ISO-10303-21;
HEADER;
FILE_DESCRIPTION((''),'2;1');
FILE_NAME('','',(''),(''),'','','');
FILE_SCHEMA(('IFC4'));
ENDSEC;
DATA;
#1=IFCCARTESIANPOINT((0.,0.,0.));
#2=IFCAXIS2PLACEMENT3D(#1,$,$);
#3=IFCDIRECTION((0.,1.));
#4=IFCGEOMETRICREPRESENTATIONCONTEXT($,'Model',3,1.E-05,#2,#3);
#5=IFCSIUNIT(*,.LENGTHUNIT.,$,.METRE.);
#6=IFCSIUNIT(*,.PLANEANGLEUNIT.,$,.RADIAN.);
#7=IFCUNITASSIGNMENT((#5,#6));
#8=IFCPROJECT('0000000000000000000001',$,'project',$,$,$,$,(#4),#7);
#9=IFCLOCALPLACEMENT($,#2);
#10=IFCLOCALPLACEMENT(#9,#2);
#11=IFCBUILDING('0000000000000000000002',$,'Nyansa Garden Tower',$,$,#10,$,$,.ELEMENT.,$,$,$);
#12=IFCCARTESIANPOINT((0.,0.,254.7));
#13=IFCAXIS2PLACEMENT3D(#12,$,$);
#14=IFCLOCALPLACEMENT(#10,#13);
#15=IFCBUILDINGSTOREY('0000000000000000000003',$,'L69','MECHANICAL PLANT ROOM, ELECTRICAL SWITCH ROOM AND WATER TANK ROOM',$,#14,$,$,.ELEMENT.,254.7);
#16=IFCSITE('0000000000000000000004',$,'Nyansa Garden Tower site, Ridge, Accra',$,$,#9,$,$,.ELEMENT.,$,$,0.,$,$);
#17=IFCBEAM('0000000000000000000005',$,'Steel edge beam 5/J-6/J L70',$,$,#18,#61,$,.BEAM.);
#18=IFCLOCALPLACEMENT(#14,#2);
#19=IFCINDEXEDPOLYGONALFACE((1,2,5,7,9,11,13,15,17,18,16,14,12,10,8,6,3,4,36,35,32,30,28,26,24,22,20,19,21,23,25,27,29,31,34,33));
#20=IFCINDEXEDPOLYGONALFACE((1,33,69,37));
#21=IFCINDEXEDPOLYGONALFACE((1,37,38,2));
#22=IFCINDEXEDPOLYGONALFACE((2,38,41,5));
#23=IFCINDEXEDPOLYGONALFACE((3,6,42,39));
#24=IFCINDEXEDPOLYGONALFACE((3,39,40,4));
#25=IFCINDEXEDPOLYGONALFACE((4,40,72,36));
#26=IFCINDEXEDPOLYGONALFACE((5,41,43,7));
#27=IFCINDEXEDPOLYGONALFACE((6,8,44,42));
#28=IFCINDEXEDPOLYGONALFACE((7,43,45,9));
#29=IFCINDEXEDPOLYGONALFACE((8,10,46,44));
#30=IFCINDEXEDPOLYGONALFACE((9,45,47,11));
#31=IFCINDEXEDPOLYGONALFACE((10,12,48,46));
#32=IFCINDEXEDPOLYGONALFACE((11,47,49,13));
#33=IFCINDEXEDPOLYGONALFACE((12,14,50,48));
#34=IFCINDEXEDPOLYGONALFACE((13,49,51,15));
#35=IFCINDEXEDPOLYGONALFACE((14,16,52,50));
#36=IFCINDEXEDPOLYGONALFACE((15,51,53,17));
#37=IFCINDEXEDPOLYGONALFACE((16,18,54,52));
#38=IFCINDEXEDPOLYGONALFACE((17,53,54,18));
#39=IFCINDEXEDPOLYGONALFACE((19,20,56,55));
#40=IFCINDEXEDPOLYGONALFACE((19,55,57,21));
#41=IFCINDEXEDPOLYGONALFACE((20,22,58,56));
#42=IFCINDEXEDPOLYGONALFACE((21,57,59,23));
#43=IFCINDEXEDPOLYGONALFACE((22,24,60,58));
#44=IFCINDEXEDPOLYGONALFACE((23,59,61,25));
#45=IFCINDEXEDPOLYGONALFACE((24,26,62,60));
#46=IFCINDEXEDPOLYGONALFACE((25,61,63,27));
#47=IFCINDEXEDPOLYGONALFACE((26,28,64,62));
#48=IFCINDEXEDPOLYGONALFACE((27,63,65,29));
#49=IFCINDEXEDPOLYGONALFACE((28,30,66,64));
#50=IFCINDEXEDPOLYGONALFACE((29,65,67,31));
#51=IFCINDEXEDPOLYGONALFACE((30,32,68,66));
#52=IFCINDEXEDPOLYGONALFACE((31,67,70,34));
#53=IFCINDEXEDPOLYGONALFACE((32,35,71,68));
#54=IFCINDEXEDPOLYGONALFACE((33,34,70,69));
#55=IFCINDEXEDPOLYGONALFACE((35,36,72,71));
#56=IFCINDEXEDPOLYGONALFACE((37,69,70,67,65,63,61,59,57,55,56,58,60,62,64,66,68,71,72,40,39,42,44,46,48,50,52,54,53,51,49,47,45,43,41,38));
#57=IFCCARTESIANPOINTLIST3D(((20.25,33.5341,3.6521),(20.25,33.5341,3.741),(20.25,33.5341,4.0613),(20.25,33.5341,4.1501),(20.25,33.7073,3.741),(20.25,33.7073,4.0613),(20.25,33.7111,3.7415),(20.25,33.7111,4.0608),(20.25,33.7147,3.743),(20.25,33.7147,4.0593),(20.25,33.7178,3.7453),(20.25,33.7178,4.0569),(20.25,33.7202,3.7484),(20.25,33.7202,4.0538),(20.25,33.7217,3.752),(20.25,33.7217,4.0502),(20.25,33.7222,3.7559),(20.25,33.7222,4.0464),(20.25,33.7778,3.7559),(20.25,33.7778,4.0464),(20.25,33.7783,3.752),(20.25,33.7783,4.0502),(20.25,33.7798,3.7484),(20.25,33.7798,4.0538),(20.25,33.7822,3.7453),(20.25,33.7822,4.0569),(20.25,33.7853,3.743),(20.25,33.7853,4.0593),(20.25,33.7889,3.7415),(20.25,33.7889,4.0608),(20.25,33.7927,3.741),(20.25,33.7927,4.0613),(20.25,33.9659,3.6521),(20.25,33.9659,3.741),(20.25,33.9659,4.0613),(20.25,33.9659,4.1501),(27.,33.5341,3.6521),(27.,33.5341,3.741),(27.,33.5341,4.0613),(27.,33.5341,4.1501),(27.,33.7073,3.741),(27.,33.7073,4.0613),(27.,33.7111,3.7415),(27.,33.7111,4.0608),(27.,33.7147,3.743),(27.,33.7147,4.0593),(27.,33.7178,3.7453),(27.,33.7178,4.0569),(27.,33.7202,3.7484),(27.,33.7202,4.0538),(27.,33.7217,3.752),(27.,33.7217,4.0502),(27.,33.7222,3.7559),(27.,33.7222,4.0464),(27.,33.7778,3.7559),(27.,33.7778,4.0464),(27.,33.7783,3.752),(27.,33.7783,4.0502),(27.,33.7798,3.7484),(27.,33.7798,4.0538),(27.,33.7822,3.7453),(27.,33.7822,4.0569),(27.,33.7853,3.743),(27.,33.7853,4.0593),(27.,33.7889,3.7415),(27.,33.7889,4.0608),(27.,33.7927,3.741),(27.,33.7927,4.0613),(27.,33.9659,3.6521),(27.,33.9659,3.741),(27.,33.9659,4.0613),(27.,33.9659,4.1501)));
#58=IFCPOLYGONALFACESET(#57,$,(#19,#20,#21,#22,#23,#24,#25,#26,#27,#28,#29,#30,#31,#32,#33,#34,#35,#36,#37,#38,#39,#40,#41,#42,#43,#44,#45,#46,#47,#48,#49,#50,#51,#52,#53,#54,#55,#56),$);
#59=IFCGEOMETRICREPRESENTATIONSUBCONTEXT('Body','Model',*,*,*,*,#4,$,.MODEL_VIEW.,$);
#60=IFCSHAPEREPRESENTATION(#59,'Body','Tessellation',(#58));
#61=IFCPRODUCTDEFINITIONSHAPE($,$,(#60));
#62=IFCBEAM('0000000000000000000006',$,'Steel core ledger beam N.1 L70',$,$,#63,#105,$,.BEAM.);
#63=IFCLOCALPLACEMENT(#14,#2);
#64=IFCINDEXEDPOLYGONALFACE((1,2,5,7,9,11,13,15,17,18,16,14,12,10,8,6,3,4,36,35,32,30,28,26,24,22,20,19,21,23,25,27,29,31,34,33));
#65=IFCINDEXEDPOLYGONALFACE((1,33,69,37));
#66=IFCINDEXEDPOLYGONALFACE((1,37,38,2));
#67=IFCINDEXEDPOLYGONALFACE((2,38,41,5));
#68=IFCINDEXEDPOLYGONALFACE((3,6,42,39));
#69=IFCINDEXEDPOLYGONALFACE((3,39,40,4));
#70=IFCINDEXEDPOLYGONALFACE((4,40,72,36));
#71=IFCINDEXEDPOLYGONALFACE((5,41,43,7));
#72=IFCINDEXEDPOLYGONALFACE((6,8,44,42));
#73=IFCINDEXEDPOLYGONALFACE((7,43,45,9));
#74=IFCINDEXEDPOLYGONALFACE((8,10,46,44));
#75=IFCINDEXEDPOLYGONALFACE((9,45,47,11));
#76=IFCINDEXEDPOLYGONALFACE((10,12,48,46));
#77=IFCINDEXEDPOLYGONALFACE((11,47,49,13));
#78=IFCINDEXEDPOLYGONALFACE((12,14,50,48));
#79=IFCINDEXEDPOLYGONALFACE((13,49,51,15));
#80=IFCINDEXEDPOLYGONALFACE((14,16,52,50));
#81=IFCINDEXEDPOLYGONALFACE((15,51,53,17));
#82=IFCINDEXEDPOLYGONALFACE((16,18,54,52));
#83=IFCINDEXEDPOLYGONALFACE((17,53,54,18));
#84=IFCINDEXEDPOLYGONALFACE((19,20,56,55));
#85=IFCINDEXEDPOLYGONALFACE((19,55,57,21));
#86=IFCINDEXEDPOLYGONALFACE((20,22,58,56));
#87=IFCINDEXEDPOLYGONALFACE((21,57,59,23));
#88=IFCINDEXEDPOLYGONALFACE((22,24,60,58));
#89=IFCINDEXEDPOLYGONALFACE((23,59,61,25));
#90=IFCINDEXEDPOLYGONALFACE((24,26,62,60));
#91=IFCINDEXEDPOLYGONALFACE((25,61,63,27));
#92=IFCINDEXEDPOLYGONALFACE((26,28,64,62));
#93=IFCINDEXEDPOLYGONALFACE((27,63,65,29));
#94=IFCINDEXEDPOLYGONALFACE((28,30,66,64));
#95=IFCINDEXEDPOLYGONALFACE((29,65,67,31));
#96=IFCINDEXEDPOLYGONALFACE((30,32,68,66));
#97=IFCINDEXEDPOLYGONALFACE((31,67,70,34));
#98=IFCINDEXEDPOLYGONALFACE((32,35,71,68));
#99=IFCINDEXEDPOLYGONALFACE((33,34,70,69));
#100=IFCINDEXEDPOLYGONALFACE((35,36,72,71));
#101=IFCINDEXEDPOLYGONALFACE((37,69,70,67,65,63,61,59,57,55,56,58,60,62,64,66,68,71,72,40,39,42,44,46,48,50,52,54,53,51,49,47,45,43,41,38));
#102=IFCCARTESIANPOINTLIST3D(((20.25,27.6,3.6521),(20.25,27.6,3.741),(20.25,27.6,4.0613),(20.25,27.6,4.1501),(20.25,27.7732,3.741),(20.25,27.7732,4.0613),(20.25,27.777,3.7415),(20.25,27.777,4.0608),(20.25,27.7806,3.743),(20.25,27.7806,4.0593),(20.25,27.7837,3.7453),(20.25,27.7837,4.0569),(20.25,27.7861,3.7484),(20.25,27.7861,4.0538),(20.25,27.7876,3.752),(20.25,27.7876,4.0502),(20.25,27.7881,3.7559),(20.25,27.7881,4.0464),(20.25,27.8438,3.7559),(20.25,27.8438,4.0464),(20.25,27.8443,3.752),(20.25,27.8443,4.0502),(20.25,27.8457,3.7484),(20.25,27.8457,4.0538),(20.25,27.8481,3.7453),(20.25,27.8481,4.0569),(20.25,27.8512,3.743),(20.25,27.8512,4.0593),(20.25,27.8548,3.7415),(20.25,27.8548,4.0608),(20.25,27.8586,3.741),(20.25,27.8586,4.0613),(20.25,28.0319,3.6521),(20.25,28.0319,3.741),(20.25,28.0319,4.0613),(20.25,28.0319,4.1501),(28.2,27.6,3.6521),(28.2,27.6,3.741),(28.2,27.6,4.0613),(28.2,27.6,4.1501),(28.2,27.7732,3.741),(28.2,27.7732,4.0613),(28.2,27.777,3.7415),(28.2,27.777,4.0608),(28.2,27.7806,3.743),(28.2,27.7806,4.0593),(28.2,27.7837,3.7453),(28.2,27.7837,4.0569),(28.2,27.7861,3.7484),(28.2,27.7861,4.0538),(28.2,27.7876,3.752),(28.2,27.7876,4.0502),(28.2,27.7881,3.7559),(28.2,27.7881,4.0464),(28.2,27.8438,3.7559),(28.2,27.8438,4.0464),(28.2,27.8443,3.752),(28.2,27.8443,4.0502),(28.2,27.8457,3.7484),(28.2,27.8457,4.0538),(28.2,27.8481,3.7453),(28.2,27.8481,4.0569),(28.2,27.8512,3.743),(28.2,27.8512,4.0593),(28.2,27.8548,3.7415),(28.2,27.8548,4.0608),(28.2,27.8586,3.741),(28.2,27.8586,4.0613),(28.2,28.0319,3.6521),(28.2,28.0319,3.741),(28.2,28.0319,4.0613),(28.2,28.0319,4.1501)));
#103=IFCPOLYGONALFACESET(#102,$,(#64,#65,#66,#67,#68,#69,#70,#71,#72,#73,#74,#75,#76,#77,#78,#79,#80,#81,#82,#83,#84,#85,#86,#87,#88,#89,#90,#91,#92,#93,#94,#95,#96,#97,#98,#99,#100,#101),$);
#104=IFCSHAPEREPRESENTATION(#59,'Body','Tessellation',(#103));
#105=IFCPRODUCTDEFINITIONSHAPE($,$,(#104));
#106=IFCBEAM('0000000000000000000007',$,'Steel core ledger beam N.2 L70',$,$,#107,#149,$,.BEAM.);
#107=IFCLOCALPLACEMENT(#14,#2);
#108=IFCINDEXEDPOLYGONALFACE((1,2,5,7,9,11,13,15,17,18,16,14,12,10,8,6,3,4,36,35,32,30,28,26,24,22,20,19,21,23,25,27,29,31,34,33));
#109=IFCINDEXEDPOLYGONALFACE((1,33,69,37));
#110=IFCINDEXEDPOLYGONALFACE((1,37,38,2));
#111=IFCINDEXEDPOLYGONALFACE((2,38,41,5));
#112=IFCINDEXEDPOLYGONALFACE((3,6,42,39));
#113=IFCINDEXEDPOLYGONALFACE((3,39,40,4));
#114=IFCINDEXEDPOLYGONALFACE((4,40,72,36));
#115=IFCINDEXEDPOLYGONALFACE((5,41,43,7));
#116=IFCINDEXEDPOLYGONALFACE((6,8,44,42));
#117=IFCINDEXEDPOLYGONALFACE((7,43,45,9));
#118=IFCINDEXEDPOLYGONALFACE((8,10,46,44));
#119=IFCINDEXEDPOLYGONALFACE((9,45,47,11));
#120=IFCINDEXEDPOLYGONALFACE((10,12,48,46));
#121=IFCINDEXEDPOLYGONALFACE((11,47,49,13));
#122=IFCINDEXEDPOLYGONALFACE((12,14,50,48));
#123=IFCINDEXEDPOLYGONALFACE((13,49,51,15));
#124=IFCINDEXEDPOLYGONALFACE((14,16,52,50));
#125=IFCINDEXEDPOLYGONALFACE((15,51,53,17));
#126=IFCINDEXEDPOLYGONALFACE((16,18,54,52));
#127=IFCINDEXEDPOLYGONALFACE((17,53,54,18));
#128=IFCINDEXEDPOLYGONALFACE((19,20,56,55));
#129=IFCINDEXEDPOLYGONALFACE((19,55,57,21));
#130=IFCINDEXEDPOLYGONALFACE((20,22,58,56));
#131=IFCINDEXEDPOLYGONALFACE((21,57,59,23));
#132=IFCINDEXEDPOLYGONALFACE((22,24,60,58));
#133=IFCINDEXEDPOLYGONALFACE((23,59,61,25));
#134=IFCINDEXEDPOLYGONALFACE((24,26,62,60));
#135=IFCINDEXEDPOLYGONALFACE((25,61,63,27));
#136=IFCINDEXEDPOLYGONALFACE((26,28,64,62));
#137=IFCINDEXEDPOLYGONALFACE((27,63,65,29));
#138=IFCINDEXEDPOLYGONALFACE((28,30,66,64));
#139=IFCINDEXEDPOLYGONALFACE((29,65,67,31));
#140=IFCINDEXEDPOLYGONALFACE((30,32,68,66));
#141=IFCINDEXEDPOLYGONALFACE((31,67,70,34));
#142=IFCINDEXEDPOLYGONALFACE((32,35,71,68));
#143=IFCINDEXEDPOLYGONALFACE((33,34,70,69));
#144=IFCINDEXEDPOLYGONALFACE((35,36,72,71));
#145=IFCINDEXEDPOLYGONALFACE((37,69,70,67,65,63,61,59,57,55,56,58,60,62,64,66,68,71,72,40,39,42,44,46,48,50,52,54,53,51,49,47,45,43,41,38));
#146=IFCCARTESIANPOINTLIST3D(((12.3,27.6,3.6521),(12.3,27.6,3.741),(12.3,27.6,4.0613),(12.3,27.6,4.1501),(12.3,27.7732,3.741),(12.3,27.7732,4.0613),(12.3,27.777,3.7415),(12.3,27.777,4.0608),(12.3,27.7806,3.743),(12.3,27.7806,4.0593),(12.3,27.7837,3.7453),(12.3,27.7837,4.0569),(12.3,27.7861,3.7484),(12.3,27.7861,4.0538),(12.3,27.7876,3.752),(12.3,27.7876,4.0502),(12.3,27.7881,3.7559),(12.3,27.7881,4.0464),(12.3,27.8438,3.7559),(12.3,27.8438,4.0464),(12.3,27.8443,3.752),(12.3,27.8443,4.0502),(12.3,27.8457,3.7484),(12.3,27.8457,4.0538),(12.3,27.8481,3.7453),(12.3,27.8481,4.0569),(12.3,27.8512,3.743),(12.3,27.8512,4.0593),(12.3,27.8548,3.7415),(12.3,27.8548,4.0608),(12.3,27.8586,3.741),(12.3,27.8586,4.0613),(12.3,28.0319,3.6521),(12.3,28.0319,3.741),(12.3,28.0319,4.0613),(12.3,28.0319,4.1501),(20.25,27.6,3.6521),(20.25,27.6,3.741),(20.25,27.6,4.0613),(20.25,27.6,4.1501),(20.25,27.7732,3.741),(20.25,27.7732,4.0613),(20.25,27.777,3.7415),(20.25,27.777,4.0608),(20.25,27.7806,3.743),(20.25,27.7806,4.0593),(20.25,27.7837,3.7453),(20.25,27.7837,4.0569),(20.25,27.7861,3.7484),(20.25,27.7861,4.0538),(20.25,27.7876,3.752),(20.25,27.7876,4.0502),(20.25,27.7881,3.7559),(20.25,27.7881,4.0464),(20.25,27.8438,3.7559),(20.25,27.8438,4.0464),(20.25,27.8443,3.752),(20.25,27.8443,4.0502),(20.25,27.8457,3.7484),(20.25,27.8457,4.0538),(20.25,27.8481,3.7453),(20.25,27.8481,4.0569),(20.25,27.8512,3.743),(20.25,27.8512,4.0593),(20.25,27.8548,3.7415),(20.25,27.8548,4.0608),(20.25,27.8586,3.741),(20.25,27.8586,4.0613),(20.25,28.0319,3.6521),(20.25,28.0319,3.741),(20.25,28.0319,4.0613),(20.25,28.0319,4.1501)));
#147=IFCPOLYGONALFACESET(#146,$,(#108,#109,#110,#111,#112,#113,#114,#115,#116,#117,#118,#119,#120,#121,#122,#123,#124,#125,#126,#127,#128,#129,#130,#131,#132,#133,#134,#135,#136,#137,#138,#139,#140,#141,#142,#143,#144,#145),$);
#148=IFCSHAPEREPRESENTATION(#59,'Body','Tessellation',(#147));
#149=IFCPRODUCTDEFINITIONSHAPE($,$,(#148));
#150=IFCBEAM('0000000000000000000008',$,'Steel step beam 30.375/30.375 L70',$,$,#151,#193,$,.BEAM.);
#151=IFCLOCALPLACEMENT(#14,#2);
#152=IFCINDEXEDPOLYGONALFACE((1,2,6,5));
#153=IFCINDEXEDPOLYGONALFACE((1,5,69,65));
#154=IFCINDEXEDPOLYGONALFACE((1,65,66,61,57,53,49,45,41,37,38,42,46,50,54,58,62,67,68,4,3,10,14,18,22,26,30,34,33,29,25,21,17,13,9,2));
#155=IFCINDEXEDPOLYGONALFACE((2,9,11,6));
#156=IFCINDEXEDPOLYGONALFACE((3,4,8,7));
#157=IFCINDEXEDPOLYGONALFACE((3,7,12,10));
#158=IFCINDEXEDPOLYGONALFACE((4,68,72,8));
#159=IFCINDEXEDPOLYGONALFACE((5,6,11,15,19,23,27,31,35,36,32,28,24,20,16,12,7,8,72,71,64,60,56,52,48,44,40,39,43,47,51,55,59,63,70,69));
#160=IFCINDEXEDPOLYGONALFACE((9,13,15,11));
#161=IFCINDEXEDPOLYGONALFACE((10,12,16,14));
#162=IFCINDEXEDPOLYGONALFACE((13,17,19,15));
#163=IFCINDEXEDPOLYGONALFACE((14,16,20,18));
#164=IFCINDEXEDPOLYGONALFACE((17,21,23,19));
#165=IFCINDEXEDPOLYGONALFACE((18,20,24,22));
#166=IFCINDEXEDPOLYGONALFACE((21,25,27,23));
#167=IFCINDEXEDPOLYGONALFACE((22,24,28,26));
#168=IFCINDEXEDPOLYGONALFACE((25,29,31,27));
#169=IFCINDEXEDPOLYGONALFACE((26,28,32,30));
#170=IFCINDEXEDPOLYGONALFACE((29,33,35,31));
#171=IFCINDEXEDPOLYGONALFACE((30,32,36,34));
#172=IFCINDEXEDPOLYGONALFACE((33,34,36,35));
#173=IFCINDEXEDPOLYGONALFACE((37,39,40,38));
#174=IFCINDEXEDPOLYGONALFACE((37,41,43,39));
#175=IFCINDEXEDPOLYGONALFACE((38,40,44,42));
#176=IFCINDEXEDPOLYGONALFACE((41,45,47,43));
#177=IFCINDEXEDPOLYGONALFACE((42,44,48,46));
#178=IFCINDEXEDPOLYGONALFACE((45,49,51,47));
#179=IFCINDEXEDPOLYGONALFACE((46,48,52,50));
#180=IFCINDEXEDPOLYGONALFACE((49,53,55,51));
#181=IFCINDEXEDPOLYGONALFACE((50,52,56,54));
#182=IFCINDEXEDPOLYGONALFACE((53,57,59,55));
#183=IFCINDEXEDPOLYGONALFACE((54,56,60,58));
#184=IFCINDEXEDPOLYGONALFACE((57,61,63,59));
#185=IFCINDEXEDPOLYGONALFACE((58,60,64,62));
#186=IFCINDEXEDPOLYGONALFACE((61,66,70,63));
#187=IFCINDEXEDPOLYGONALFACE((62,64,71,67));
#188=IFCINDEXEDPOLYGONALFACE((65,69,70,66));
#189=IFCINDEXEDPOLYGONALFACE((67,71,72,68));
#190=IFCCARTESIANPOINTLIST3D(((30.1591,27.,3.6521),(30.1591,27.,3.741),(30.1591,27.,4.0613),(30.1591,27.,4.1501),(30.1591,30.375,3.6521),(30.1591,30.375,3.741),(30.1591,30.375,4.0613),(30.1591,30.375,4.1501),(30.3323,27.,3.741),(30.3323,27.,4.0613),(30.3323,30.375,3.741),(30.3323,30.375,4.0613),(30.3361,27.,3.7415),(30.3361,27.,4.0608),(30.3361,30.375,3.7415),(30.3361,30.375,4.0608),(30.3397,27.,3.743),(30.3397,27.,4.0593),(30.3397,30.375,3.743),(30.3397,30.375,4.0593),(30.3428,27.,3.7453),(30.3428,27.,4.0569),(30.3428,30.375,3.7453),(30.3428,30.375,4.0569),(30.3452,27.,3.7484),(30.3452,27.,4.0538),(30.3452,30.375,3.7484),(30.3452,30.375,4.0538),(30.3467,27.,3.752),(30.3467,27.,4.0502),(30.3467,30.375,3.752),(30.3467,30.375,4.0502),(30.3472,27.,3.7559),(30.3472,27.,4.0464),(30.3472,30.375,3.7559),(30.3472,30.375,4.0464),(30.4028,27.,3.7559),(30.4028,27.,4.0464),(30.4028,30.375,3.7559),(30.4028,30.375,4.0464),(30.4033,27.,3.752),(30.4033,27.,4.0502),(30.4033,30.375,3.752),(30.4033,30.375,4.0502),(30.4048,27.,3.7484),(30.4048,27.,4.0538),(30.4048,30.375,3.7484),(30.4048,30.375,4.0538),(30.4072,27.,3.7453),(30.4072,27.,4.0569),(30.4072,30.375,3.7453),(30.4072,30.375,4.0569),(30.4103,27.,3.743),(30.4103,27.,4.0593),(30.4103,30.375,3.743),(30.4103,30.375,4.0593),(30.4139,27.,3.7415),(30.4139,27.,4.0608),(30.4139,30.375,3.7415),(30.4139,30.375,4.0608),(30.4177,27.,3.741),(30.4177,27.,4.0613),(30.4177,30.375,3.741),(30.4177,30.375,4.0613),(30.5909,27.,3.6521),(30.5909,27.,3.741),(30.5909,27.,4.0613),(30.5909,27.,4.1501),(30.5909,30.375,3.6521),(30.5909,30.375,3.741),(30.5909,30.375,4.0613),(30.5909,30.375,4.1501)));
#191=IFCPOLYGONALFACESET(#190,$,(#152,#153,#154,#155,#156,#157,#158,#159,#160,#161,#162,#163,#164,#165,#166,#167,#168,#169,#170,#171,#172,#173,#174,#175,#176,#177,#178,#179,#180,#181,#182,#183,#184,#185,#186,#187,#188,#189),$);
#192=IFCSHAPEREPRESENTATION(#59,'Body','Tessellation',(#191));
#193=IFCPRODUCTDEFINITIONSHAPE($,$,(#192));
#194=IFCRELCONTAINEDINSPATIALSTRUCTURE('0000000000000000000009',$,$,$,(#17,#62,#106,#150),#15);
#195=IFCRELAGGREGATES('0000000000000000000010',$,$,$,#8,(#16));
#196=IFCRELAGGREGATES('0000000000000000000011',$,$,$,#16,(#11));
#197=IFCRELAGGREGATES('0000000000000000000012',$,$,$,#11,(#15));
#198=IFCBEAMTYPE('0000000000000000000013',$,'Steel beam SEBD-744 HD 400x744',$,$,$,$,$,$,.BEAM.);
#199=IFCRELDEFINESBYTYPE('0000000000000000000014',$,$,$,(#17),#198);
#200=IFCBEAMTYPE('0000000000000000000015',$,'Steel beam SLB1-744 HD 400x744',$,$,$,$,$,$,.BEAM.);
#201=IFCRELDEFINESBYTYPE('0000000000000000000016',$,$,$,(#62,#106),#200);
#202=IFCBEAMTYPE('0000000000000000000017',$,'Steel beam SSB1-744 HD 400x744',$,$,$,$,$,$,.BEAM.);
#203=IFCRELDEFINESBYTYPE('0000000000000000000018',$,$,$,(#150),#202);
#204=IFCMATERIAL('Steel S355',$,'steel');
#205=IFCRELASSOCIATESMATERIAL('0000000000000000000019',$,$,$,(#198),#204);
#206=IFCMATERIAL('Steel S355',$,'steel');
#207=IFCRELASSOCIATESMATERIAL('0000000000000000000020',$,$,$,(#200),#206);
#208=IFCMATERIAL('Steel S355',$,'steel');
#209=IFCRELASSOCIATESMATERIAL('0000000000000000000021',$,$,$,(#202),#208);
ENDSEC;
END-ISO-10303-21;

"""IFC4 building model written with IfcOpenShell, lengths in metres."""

from ifc_helpers import new_model, si_unit, direction, frame, origin, origin_2d, place, context, subcontext, project, spatial, i_section, extrude, material, material_profile, profile_set, type_object, element, save


model = new_model("IFC4")

# Units and contexts
model_context = context("Model", 3, precision=1e-05, world=origin(), true_north=direction((0.0, 1.0)))
body_context = subcontext(model_context, "Body", "Model", "MODEL_VIEW")
ifc_project = project(units=[si_unit("LENGTHUNIT", "METRE"), si_unit("PLANEANGLEUNIT", "RADIAN")], contexts=[model_context])

# Site, building, storey
site_placement = place(None, origin())
site = spatial("IfcSite", under=ifc_project, at=site_placement, Name="Nyansa Garden Tower site, Ridge, Accra", CompositionType="ELEMENT", RefElevation=0.0)
building_placement = place(site_placement, origin())
building = spatial("IfcBuilding", under=site, at=building_placement, Name="Nyansa Garden Tower", CompositionType="ELEMENT")
storey_placement = place(building_placement, frame((0.0, 0.0, 254.7)))
storey = spatial("IfcBuildingStorey", under=building, at=storey_placement, Name="L69", Description="MECHANICAL PLANT ROOM, ELECTRICAL SWITCH ROOM AND WATER TANK ROOM", CompositionType="ELEMENT", Elevation=254.7)

# Beams
ifc_material_1 = material(Name="Steel S355", Category="steel")
ifc_material_profile_1 = material_profile(ifc_material_1, i_section(OverallWidth=0.4319, OverallDepth=0.498, WebThickness=0.0557, FlangeThickness=0.0889, FilletRadius=0.0149, at=origin_2d()), Name="HD 400x744")
ifc_profile_set_1 = profile_set([ifc_material_profile_1], Name="Steel S355")
beam_type_1 = type_object("IfcBeamType", Name="Steel beam SEBD-744 HD 400x744", PredefinedType="BEAM", material=ifc_profile_set_1)
beam_1_placement = place(storey_placement, frame((20.25, 33.75, 3.9011), z_axis=(1.0, 0.0, 0.0), x_axis=(0.0, 1.0, 0.0)))
element("IfcBeam", 1, at=beam_1_placement, inside=storey, type_object=beam_type_1, Name="Steel edge beam 5/J-6/J L70", PredefinedType="BEAM", context=body_context, shape_type="SweptSolid", body=[
    extrude(i_section(OverallWidth=0.4319, OverallDepth=0.498, WebThickness=0.0557, FlangeThickness=0.0889, FilletRadius=0.0149, at=origin_2d()), origin(), (0.0, 0.0, 1.0), 6.75),
])
ifc_material_2 = material(Name="Steel S355", Category="steel")
ifc_material_profile_2 = material_profile(ifc_material_2, i_section(OverallWidth=0.4319, OverallDepth=0.498, WebThickness=0.0557, FlangeThickness=0.0889, FilletRadius=0.0149, at=origin_2d()), Name="HD 400x744")
ifc_profile_set_2 = profile_set([ifc_material_profile_2], Name="Steel S355")
beam_type_2 = type_object("IfcBeamType", Name="Steel beam SLB1-744 HD 400x744", PredefinedType="BEAM", material=ifc_profile_set_2)
for number, where, z_axis, x_axis, name in (
    (2, (28.2, 27.8159, 3.9011), (-1.0, 0.0, 0.0), (0.0, -1.0, 0.0), "Steel core ledger beam N.1 L70"),
    (3, (20.25, 27.8159, 3.9011), (-1.0, 0.0, 0.0), (0.0, -1.0, 0.0), "Steel core ledger beam N.2 L70"),
):
    element("IfcBeam", number, at=place(storey_placement, frame(where, z_axis=z_axis, x_axis=x_axis)), inside=storey, type_object=beam_type_2, Name=name, PredefinedType="BEAM", context=body_context, shape_type="SweptSolid", body=[
        extrude(i_section(OverallWidth=0.4319, OverallDepth=0.498, WebThickness=0.0557, FlangeThickness=0.0889, FilletRadius=0.0149, at=origin_2d()), origin(), (0.0, 0.0, 1.0), 7.95),
    ])
ifc_material_3 = material(Name="Steel S355", Category="steel")
ifc_material_profile_3 = material_profile(ifc_material_3, i_section(OverallWidth=0.4319, OverallDepth=0.498, WebThickness=0.0557, FlangeThickness=0.0889, FilletRadius=0.0149, at=origin_2d()), Name="HD 400x744")
ifc_profile_set_3 = profile_set([ifc_material_profile_3], Name="Steel S355")
beam_type_3 = type_object("IfcBeamType", Name="Steel beam SSB1-744 HD 400x744", PredefinedType="BEAM", material=ifc_profile_set_3)
for number, where, z_axis, x_axis, name in (
    (4, (30.375, 30.375, 3.9011), (0.0, -1.0, 0.0), (1.0, 0.0, 0.0), "Steel step beam 30.375/30.375 L70"),
):
    element("IfcBeam", number, at=place(storey_placement, frame(where, z_axis=z_axis, x_axis=x_axis)), inside=storey, type_object=beam_type_3, Name=name, PredefinedType="BEAM", context=body_context, shape_type="SweptSolid", body=[
        extrude(i_section(OverallWidth=0.4319, OverallDepth=0.498, WebThickness=0.0557, FlangeThickness=0.0889, FilletRadius=0.0149, at=origin_2d()), origin(), (0.0, 0.0, 1.0), 3.375),
    ])

save(model, "model.ifc")
